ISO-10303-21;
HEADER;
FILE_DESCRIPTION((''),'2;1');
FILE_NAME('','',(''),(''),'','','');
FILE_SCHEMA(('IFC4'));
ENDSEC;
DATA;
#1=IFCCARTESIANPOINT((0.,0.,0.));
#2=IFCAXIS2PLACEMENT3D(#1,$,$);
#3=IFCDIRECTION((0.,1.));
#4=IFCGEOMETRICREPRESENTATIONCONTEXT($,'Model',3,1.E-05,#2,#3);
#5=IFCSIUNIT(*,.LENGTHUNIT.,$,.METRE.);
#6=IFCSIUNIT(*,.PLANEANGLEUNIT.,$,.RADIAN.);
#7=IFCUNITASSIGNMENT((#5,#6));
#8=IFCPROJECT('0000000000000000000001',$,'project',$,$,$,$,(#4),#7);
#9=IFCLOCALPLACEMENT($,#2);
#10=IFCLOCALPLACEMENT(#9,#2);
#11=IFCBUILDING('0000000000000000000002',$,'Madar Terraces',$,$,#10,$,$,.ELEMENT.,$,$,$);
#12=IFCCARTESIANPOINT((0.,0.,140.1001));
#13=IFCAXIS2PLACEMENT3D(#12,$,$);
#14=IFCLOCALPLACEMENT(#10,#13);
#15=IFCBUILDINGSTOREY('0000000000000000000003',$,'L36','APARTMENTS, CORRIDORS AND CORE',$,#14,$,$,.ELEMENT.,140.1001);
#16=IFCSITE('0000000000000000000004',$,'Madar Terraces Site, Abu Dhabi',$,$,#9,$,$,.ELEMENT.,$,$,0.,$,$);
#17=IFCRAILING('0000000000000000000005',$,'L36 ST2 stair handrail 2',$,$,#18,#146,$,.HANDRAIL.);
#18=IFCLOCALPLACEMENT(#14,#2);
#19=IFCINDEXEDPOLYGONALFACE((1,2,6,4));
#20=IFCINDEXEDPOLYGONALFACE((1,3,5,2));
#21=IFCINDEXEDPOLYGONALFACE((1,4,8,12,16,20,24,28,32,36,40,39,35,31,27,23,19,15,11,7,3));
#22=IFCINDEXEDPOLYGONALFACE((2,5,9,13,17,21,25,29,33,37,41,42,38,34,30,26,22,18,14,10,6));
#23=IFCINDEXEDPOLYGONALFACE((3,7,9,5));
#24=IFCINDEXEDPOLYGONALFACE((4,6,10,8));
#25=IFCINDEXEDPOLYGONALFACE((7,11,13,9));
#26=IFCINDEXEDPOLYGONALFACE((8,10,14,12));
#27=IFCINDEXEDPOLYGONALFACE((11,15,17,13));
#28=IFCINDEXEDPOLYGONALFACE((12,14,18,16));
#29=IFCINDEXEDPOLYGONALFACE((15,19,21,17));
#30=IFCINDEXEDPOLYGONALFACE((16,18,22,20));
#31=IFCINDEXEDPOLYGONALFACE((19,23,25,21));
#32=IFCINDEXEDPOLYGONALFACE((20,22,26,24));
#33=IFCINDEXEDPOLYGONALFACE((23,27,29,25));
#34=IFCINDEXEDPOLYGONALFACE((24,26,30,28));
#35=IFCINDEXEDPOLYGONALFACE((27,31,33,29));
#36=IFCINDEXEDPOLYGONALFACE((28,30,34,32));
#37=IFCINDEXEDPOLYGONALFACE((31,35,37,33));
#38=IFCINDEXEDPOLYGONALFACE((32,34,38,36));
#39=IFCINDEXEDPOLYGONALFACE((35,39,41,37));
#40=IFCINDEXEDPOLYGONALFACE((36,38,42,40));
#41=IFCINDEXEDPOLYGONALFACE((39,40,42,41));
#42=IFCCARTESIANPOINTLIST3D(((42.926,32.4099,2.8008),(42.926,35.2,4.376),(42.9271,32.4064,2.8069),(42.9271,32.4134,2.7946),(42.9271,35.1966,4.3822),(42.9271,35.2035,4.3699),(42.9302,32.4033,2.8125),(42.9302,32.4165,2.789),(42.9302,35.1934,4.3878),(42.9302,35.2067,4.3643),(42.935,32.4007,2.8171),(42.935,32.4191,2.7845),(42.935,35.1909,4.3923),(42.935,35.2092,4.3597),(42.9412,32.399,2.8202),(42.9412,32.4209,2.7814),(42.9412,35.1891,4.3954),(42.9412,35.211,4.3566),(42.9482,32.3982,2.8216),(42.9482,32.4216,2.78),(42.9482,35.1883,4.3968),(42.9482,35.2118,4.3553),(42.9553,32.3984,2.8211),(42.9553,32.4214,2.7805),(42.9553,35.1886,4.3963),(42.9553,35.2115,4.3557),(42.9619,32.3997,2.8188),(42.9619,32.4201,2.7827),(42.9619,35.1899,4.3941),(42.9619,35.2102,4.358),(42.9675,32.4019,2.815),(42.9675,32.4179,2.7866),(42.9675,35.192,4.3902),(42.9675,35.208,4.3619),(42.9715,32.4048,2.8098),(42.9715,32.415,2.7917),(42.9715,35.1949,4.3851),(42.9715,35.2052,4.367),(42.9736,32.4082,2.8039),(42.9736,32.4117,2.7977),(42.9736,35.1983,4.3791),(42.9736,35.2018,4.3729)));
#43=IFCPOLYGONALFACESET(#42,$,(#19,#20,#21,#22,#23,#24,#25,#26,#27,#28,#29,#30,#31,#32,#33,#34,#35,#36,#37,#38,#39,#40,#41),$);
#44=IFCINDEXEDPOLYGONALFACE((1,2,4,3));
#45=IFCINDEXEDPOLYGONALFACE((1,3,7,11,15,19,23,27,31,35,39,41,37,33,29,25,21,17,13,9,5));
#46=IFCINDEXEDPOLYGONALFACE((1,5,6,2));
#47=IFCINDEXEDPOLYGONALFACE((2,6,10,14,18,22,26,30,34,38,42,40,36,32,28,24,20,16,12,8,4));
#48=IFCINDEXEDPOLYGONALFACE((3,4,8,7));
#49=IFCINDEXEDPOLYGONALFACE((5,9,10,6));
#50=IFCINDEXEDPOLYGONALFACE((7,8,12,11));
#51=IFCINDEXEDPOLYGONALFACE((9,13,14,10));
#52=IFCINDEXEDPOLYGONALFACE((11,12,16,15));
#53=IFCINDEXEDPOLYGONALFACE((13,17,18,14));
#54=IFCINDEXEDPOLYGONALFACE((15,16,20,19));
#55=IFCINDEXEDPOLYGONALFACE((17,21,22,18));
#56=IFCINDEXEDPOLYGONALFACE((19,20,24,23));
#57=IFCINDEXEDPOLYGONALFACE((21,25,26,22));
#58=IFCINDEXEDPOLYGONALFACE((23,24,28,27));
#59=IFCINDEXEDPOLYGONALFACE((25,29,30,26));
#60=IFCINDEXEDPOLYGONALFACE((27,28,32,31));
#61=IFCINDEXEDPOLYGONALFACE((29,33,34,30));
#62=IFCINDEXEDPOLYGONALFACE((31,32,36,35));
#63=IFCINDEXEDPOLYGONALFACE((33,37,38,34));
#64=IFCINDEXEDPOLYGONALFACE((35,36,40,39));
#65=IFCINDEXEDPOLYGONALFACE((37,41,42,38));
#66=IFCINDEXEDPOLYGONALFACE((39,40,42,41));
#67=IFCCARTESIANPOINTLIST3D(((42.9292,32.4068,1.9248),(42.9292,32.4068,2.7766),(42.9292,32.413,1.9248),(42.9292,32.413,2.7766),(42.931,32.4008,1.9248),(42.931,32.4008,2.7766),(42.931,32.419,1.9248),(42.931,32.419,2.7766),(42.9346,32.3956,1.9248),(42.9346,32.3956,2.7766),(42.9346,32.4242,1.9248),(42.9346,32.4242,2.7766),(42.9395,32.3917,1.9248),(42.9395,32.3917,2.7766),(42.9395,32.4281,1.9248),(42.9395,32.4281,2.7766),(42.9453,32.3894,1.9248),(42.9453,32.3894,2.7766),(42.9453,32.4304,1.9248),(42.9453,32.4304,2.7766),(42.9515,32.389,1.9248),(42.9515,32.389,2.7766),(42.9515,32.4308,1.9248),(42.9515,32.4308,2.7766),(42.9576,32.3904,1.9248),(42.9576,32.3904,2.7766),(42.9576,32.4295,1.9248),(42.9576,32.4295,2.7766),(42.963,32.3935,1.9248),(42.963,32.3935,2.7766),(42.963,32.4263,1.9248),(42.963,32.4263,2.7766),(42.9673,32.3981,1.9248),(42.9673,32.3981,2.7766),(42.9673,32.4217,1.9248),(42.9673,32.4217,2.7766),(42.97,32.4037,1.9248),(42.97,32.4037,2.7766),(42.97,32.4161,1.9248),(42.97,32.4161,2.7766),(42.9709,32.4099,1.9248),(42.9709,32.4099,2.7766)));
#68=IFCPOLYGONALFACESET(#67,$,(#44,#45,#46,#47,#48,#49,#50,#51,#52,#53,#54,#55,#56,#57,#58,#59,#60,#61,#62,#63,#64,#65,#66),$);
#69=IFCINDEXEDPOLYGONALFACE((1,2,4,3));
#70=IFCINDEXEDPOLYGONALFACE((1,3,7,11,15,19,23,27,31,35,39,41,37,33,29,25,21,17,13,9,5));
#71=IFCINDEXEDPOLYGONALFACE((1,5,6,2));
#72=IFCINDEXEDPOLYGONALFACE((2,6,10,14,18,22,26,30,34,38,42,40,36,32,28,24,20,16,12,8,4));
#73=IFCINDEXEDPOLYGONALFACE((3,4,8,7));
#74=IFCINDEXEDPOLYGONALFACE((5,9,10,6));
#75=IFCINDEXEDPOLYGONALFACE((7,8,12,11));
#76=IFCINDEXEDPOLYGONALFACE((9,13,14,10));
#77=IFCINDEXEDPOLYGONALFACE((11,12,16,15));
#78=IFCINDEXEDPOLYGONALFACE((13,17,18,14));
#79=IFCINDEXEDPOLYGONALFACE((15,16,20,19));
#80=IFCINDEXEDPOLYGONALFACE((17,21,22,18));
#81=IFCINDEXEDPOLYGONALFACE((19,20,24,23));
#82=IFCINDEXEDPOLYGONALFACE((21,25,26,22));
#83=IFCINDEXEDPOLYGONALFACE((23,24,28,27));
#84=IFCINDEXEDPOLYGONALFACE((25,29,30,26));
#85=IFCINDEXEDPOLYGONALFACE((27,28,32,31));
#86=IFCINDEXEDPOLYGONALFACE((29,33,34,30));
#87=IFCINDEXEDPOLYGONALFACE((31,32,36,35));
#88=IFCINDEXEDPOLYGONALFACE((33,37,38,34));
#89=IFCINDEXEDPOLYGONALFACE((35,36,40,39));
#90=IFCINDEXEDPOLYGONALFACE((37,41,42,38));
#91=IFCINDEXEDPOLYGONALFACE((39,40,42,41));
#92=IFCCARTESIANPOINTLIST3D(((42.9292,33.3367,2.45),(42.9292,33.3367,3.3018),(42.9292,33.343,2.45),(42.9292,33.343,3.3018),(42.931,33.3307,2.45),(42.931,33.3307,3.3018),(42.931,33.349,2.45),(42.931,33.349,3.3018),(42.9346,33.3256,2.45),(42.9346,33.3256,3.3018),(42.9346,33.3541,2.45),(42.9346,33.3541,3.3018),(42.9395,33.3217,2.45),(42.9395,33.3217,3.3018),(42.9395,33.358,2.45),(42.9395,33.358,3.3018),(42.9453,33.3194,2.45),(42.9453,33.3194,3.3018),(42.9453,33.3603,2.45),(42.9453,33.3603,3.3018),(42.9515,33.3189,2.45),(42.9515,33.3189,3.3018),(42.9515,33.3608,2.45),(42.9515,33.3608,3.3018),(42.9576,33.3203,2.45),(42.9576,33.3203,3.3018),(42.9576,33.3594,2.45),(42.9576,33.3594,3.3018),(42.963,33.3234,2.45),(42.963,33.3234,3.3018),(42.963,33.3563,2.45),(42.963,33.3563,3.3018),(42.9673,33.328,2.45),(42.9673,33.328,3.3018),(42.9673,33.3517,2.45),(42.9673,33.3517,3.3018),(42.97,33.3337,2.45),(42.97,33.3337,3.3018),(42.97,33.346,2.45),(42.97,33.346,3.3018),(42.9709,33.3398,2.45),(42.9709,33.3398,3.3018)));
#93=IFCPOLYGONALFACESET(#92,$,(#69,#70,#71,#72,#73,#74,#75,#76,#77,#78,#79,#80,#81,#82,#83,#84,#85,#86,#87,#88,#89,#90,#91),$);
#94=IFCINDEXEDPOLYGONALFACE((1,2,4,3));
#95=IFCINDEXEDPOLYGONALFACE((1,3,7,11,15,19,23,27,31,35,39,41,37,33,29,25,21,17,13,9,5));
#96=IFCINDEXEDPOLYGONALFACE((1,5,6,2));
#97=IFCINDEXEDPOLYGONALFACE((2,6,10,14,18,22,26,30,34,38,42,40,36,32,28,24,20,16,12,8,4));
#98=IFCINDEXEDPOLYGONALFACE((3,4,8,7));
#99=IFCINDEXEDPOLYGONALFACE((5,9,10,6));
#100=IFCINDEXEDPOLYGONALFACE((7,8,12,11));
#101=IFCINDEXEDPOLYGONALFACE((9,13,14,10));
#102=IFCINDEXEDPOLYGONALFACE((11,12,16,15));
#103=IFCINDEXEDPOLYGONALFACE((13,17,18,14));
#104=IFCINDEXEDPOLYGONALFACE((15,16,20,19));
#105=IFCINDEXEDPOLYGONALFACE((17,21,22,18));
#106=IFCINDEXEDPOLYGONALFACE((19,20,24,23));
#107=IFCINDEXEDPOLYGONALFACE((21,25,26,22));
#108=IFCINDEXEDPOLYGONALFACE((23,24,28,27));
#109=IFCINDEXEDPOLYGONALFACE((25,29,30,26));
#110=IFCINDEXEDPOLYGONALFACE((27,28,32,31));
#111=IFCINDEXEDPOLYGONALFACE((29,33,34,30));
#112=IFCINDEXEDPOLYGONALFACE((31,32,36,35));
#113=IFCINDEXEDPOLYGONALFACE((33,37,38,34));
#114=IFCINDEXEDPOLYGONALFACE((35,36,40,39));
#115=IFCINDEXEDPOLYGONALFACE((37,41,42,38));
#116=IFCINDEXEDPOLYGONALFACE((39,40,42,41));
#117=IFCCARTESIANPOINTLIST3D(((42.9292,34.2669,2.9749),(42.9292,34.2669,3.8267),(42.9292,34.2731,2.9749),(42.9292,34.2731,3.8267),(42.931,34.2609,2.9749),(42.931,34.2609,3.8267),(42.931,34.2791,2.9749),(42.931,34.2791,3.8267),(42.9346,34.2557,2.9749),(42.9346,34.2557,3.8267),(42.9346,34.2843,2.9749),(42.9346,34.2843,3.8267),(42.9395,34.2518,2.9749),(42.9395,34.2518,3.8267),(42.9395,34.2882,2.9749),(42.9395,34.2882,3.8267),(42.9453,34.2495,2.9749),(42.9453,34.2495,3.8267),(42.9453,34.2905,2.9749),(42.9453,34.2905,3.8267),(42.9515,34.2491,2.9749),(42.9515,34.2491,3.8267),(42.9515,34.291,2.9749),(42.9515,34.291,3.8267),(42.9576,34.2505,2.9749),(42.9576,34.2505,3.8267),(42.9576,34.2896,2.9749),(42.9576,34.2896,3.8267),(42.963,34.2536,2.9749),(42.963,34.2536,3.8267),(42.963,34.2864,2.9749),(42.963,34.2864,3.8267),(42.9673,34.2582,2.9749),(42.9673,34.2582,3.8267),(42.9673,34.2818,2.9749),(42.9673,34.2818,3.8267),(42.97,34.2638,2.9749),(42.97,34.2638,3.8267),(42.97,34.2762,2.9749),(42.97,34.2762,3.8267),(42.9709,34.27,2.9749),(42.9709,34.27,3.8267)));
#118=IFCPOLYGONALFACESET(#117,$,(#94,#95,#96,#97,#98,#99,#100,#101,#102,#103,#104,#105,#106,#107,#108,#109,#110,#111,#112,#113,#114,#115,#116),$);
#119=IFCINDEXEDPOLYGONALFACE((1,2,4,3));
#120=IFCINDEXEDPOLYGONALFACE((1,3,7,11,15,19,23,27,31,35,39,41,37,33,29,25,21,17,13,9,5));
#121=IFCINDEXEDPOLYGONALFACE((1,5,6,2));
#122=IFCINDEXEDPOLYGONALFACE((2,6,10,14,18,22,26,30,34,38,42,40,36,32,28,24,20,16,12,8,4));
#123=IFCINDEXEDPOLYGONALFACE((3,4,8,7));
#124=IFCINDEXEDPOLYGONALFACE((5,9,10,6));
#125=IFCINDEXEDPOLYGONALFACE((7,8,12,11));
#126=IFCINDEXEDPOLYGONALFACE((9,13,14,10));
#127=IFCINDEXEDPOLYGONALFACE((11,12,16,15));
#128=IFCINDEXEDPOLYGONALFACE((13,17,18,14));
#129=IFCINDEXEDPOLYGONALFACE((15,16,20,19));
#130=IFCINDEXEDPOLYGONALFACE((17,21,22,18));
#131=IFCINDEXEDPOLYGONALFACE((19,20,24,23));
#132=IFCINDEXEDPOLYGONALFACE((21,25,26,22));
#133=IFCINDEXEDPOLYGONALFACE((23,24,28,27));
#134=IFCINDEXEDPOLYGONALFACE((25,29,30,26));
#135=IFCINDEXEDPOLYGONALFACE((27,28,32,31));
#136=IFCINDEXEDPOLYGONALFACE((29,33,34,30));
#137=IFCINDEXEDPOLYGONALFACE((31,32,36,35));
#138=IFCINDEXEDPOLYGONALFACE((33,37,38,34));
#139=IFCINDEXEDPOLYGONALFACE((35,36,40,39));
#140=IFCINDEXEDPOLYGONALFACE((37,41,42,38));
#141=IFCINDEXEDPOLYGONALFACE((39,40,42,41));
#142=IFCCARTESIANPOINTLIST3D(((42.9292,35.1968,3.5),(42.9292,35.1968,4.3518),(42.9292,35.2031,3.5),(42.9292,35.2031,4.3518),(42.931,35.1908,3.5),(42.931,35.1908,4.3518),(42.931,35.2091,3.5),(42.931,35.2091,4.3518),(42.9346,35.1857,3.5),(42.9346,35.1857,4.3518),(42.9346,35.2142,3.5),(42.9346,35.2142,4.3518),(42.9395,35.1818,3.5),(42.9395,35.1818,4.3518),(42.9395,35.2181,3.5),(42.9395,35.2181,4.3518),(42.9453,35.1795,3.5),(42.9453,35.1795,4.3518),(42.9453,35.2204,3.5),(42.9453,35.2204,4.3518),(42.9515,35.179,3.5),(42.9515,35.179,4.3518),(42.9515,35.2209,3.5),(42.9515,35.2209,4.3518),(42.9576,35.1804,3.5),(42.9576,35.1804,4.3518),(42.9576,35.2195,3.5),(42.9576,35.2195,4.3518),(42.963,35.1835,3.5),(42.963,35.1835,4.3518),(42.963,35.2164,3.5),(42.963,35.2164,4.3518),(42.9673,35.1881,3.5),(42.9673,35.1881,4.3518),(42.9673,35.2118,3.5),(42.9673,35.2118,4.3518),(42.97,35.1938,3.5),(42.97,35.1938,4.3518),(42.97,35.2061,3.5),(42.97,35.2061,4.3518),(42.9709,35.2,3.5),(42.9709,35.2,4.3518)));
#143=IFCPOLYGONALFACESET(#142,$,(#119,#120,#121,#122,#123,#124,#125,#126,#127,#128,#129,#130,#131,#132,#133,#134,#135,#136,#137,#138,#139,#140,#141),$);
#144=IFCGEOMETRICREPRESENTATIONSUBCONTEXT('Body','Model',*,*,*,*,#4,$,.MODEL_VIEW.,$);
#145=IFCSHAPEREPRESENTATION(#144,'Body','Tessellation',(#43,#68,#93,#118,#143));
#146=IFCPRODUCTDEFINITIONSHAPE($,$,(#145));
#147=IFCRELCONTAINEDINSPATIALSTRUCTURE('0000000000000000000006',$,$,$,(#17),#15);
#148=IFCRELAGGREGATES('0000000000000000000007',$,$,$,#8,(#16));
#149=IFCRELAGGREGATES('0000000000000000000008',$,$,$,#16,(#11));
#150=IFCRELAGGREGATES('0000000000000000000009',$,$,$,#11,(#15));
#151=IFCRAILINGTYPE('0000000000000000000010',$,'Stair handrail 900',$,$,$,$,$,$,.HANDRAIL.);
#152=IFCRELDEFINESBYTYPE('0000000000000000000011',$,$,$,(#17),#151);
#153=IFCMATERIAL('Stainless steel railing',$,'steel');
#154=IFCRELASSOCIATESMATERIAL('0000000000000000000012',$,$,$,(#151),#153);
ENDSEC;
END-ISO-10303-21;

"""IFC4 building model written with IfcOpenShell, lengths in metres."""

from ifc_helpers import new_model, si_unit, direction, frame, origin, origin_2d, place, context, subcontext, project, spatial, circle, extrude, material, type_object, element, save


model = new_model("IFC4")

# Units and contexts
model_context = context("Model", 3, precision=1e-05, world=origin(), true_north=direction((0.0, 1.0)))
body_context = subcontext(model_context, "Body", "Model", "MODEL_VIEW")
ifc_project = project(units=[si_unit("LENGTHUNIT", "METRE"), si_unit("PLANEANGLEUNIT", "RADIAN")], contexts=[model_context])

# Site, building, storey
site_placement = place(None, origin())
site = spatial("IfcSite", under=ifc_project, at=site_placement, Name="Madar Terraces Site, Abu Dhabi", CompositionType="ELEMENT", RefElevation=0.0)
building_placement = place(site_placement, origin())
building = spatial("IfcBuilding", under=site, at=building_placement, Name="Madar Terraces", CompositionType="ELEMENT")
storey_placement = place(building_placement, frame((0.0, 0.0, 140.1001)))
storey = spatial("IfcBuildingStorey", under=building, at=storey_placement, Name="L36", Description="APARTMENTS, CORRIDORS AND CORE", CompositionType="ELEMENT", Elevation=140.1001)

# Railing
ifc_material_1 = material(Name="Stainless steel railing", Category="steel")
railing_type_1 = type_object("IfcRailingType", Name="Stair handrail 900", PredefinedType="HANDRAIL", material=ifc_material_1)
railing_1_placement = place(storey_placement, frame((42.95, 32.4099, 1.9248)))
element("IfcRailing", 1, at=railing_1_placement, inside=storey, type_object=railing_type_1, Name="L36 ST2 stair handrail 2", PredefinedType="HANDRAIL", context=body_context, shape_type="SweptSolid", body=[
    extrude(circle(Radius=0.0239, at=origin_2d()), frame((0.0, 0.0, 0.876), z_axis=(0.0, 0.870801, 0.491635), x_axis=(-1.0, 0.0, 0.0)), (0.0, 0.0, 1.0), 3.2041),
    extrude(circle(Radius=0.021, at=origin_2d()), origin(), (0.0, 0.0, 1.0), 0.8518),
    extrude(circle(Radius=0.021, at=origin_2d()), frame((0.0, 0.9299, 0.5251)), (0.0, 0.0, 1.0), 0.8518),
    extrude(circle(Radius=0.021, at=origin_2d()), frame((0.0, 1.8601, 1.05)), (0.0, 0.0, 1.0), 0.8518),
    extrude(circle(Radius=0.021, at=origin_2d()), frame((0.0, 2.79, 1.5752)), (0.0, 0.0, 1.0), 0.8518),
])

save(model, "model.ifc")
